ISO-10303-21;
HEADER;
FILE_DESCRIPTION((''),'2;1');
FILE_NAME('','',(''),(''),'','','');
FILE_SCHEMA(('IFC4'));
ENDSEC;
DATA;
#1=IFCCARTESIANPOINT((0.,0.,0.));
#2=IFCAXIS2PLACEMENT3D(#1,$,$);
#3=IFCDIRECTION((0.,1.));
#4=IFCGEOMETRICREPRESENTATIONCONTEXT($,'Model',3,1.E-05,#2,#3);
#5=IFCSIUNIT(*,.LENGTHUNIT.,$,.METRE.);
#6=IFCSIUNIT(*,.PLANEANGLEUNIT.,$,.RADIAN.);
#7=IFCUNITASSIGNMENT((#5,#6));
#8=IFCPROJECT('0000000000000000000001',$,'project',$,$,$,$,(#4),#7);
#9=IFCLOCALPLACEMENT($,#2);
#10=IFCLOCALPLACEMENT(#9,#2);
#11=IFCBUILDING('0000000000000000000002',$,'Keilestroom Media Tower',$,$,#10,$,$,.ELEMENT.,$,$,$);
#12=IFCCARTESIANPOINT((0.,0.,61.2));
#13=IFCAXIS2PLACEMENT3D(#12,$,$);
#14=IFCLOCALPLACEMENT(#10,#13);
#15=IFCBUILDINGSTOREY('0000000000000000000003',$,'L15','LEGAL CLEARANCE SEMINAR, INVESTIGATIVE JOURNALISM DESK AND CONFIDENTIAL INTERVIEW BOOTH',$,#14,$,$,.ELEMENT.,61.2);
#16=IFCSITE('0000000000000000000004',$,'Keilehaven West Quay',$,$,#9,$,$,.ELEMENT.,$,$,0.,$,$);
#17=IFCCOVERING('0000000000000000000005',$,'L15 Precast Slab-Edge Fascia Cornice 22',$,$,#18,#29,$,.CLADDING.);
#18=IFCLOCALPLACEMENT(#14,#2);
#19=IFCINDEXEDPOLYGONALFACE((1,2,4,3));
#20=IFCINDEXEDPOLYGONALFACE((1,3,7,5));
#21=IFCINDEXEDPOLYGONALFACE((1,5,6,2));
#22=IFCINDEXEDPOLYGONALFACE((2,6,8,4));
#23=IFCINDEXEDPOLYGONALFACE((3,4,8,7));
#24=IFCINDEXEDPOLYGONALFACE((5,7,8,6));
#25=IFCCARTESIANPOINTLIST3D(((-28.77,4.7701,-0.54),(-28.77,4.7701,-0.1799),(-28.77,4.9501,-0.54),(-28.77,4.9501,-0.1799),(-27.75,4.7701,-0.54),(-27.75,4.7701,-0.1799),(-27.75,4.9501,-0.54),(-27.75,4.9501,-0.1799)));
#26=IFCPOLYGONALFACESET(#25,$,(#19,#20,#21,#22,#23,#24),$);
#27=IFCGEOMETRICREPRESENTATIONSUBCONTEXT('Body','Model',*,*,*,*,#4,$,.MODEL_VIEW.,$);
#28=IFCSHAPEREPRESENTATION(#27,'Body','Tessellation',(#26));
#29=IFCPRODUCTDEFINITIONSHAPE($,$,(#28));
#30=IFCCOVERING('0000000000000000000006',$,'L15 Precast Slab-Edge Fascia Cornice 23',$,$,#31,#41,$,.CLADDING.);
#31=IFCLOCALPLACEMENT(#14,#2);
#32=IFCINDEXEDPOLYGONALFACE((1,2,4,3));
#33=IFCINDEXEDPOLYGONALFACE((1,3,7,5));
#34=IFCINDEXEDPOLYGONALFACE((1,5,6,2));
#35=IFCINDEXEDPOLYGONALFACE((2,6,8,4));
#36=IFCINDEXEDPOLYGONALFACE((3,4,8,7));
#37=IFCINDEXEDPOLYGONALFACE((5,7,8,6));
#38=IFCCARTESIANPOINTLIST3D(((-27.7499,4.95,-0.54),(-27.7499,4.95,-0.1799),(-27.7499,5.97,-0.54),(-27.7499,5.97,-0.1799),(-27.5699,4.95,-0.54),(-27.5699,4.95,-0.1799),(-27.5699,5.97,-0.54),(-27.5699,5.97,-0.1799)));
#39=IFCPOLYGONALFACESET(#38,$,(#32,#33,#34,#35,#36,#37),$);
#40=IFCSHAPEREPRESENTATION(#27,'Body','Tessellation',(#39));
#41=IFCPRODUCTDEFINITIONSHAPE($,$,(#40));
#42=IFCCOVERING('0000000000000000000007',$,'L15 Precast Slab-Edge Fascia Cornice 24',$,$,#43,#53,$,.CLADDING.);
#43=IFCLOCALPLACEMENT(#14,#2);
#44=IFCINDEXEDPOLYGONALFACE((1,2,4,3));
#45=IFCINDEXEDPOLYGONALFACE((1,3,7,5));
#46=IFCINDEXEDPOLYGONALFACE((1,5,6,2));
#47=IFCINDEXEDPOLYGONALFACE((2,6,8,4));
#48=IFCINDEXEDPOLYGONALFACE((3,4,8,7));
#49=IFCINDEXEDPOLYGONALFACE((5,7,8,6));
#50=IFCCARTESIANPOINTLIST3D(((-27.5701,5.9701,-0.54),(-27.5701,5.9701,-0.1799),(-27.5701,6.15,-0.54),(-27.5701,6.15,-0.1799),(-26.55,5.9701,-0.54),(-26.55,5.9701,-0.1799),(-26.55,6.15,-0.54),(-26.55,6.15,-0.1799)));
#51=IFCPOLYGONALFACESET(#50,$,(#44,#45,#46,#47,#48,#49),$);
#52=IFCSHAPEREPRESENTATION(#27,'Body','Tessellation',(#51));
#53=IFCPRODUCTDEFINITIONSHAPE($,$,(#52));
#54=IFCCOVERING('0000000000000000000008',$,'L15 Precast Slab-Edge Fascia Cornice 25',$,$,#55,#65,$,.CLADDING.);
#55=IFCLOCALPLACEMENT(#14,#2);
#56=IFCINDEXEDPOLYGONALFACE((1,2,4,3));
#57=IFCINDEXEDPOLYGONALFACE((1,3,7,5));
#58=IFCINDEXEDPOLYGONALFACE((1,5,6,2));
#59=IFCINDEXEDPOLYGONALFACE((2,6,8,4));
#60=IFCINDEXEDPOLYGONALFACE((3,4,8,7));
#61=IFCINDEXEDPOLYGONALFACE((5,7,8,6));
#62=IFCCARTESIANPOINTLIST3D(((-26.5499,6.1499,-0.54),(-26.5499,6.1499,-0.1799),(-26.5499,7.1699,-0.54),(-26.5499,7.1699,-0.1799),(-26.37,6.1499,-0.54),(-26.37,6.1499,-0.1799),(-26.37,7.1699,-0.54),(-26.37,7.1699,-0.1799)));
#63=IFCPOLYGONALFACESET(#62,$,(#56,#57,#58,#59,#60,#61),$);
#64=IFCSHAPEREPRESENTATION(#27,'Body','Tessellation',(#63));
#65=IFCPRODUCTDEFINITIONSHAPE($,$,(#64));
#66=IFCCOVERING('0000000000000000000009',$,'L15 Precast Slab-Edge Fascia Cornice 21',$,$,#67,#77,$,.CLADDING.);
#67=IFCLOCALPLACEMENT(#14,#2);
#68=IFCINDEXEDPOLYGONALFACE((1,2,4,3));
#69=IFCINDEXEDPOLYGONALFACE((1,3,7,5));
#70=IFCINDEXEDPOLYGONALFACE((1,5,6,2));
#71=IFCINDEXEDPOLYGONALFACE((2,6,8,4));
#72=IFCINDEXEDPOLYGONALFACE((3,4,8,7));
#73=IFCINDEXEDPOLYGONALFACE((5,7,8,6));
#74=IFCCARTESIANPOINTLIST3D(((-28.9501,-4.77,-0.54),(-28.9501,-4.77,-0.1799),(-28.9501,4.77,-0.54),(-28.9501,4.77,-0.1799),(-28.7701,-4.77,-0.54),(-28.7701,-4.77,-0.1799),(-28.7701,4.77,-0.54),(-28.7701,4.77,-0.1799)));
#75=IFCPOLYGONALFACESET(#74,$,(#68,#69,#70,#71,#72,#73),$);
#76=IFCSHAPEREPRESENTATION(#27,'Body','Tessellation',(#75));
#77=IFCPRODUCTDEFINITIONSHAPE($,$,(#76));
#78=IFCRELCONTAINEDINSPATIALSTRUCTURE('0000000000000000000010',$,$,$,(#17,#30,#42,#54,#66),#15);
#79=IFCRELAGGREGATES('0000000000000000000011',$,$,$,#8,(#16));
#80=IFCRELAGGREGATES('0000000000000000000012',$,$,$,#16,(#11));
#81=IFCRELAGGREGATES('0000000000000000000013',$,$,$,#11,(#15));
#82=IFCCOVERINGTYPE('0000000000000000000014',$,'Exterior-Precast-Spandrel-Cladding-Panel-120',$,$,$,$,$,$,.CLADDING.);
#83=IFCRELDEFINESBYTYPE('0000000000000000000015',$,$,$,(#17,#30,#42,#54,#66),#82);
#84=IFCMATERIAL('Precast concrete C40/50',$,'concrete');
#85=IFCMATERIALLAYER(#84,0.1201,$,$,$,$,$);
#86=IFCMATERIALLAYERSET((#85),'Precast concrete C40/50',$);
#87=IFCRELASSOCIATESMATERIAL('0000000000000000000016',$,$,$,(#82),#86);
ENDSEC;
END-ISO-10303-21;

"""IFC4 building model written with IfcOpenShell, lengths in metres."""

from ifc_helpers import new_model, si_unit, direction, frame, origin, origin_2d, place, context, subcontext, project, spatial, rectangle, extrude, source, transform, mapped, material, layer, layer_set, type_object, element, save


model = new_model("IFC4")

# Units and contexts
model_context = context("Model", 3, precision=1e-05, world=origin(), true_north=direction((0.0, 1.0)))
body_context = subcontext(model_context, "Body", "Model", "MODEL_VIEW")
ifc_project = project(units=[si_unit("LENGTHUNIT", "METRE"), si_unit("PLANEANGLEUNIT", "RADIAN")], contexts=[model_context])

# Site, building, storey
site_placement = place(None, origin())
site = spatial("IfcSite", under=ifc_project, at=site_placement, Name="Keilehaven West Quay", CompositionType="ELEMENT", RefElevation=0.0)
building_placement = place(site_placement, origin())
building = spatial("IfcBuilding", under=site, at=building_placement, Name="Keilestroom Media Tower", CompositionType="ELEMENT")
storey_placement = place(building_placement, frame((0.0, 0.0, 61.2)))
storey = spatial("IfcBuildingStorey", under=building, at=storey_placement, Name="L15", Description="LEGAL CLEARANCE SEMINAR, INVESTIGATIVE JOURNALISM DESK AND CONFIDENTIAL INTERVIEW BOOTH", CompositionType="ELEMENT", Elevation=61.2)

# Shared definitions
ifc_material_1 = material(Name="Precast concrete C40/50", Category="concrete")

# Coverings
ifc_layer_1 = layer(ifc_material_1, 0.1201)
ifc_layer_set_1 = layer_set([ifc_layer_1], Name="Precast concrete C40/50")
covering_type = type_object("IfcCoveringType", Name="Exterior-Precast-Spandrel-Cladding-Panel-120", PredefinedType="CLADDING", material=ifc_layer_set_1)
shared_shape_1 = source(origin(), body_context, "Body", "SweptSolid", [
    extrude(rectangle(XDim=1.02, YDim=0.1799, at=origin_2d()), origin(), (0.0, 0.0, 1.0), 0.3601),
])
for number, where, z_axis, x_axis, name in (
    (1, (-28.26, 4.8601, -0.54), (0.0, 0.0, 1.0), (1.0, 0.0, 0.0), "L15 Precast Slab-Edge Fascia Cornice 22"),
    (2, (-27.6599, 5.46, -0.54), (0.0, 0.0, 1.0), (0.0, 1.0, 0.0), "L15 Precast Slab-Edge Fascia Cornice 23"),
    (3, (-27.0601, 6.0601, -0.54), (0.0, 0.0, 1.0), (1.0, 0.0, 0.0), "L15 Precast Slab-Edge Fascia Cornice 24"),
    (4, (-26.46, 6.6599, -0.54), (0.0, 0.0, 1.0), (0.0, 1.0, 0.0), "L15 Precast Slab-Edge Fascia Cornice 25"),
):
    element("IfcCovering", number, at=place(storey_placement, frame(where, z_axis=z_axis, x_axis=x_axis)), inside=storey, type_object=covering_type, Name=name, PredefinedType="CLADDING", context=body_context, shape_type="MappedRepresentation", body=[
        mapped(shared_shape_1, transform((0.0, 0.0, 0.0), x_axis=(1.0, 0.0, 0.0), y_axis=(0.0, 1.0, 0.0), z_axis=(0.0, 0.0, 1.0), scale=1.0)),
    ])
shared_shape_2 = source(origin(), body_context, "Body", "SweptSolid", [
    extrude(rectangle(XDim=9.54, YDim=0.1799, at=origin_2d()), origin(), (0.0, 0.0, 1.0), 0.3601),
])
covering_placement = place(storey_placement, frame((-28.8601, 0.0, -0.54), z_axis=(0.0, 0.0, 1.0), x_axis=(0.0, 1.0, 0.0)))
element("IfcCovering", 5, at=covering_placement, inside=storey, type_object=covering_type, Name="L15 Precast Slab-Edge Fascia Cornice 21", PredefinedType="CLADDING", context=body_context, shape_type="MappedRepresentation", body=[
    mapped(shared_shape_2, transform((0.0, 0.0, 0.0), x_axis=(1.0, 0.0, 0.0), y_axis=(0.0, 1.0, 0.0), z_axis=(0.0, 0.0, 1.0), scale=1.0)),
])

save(model, "model.ifc")
